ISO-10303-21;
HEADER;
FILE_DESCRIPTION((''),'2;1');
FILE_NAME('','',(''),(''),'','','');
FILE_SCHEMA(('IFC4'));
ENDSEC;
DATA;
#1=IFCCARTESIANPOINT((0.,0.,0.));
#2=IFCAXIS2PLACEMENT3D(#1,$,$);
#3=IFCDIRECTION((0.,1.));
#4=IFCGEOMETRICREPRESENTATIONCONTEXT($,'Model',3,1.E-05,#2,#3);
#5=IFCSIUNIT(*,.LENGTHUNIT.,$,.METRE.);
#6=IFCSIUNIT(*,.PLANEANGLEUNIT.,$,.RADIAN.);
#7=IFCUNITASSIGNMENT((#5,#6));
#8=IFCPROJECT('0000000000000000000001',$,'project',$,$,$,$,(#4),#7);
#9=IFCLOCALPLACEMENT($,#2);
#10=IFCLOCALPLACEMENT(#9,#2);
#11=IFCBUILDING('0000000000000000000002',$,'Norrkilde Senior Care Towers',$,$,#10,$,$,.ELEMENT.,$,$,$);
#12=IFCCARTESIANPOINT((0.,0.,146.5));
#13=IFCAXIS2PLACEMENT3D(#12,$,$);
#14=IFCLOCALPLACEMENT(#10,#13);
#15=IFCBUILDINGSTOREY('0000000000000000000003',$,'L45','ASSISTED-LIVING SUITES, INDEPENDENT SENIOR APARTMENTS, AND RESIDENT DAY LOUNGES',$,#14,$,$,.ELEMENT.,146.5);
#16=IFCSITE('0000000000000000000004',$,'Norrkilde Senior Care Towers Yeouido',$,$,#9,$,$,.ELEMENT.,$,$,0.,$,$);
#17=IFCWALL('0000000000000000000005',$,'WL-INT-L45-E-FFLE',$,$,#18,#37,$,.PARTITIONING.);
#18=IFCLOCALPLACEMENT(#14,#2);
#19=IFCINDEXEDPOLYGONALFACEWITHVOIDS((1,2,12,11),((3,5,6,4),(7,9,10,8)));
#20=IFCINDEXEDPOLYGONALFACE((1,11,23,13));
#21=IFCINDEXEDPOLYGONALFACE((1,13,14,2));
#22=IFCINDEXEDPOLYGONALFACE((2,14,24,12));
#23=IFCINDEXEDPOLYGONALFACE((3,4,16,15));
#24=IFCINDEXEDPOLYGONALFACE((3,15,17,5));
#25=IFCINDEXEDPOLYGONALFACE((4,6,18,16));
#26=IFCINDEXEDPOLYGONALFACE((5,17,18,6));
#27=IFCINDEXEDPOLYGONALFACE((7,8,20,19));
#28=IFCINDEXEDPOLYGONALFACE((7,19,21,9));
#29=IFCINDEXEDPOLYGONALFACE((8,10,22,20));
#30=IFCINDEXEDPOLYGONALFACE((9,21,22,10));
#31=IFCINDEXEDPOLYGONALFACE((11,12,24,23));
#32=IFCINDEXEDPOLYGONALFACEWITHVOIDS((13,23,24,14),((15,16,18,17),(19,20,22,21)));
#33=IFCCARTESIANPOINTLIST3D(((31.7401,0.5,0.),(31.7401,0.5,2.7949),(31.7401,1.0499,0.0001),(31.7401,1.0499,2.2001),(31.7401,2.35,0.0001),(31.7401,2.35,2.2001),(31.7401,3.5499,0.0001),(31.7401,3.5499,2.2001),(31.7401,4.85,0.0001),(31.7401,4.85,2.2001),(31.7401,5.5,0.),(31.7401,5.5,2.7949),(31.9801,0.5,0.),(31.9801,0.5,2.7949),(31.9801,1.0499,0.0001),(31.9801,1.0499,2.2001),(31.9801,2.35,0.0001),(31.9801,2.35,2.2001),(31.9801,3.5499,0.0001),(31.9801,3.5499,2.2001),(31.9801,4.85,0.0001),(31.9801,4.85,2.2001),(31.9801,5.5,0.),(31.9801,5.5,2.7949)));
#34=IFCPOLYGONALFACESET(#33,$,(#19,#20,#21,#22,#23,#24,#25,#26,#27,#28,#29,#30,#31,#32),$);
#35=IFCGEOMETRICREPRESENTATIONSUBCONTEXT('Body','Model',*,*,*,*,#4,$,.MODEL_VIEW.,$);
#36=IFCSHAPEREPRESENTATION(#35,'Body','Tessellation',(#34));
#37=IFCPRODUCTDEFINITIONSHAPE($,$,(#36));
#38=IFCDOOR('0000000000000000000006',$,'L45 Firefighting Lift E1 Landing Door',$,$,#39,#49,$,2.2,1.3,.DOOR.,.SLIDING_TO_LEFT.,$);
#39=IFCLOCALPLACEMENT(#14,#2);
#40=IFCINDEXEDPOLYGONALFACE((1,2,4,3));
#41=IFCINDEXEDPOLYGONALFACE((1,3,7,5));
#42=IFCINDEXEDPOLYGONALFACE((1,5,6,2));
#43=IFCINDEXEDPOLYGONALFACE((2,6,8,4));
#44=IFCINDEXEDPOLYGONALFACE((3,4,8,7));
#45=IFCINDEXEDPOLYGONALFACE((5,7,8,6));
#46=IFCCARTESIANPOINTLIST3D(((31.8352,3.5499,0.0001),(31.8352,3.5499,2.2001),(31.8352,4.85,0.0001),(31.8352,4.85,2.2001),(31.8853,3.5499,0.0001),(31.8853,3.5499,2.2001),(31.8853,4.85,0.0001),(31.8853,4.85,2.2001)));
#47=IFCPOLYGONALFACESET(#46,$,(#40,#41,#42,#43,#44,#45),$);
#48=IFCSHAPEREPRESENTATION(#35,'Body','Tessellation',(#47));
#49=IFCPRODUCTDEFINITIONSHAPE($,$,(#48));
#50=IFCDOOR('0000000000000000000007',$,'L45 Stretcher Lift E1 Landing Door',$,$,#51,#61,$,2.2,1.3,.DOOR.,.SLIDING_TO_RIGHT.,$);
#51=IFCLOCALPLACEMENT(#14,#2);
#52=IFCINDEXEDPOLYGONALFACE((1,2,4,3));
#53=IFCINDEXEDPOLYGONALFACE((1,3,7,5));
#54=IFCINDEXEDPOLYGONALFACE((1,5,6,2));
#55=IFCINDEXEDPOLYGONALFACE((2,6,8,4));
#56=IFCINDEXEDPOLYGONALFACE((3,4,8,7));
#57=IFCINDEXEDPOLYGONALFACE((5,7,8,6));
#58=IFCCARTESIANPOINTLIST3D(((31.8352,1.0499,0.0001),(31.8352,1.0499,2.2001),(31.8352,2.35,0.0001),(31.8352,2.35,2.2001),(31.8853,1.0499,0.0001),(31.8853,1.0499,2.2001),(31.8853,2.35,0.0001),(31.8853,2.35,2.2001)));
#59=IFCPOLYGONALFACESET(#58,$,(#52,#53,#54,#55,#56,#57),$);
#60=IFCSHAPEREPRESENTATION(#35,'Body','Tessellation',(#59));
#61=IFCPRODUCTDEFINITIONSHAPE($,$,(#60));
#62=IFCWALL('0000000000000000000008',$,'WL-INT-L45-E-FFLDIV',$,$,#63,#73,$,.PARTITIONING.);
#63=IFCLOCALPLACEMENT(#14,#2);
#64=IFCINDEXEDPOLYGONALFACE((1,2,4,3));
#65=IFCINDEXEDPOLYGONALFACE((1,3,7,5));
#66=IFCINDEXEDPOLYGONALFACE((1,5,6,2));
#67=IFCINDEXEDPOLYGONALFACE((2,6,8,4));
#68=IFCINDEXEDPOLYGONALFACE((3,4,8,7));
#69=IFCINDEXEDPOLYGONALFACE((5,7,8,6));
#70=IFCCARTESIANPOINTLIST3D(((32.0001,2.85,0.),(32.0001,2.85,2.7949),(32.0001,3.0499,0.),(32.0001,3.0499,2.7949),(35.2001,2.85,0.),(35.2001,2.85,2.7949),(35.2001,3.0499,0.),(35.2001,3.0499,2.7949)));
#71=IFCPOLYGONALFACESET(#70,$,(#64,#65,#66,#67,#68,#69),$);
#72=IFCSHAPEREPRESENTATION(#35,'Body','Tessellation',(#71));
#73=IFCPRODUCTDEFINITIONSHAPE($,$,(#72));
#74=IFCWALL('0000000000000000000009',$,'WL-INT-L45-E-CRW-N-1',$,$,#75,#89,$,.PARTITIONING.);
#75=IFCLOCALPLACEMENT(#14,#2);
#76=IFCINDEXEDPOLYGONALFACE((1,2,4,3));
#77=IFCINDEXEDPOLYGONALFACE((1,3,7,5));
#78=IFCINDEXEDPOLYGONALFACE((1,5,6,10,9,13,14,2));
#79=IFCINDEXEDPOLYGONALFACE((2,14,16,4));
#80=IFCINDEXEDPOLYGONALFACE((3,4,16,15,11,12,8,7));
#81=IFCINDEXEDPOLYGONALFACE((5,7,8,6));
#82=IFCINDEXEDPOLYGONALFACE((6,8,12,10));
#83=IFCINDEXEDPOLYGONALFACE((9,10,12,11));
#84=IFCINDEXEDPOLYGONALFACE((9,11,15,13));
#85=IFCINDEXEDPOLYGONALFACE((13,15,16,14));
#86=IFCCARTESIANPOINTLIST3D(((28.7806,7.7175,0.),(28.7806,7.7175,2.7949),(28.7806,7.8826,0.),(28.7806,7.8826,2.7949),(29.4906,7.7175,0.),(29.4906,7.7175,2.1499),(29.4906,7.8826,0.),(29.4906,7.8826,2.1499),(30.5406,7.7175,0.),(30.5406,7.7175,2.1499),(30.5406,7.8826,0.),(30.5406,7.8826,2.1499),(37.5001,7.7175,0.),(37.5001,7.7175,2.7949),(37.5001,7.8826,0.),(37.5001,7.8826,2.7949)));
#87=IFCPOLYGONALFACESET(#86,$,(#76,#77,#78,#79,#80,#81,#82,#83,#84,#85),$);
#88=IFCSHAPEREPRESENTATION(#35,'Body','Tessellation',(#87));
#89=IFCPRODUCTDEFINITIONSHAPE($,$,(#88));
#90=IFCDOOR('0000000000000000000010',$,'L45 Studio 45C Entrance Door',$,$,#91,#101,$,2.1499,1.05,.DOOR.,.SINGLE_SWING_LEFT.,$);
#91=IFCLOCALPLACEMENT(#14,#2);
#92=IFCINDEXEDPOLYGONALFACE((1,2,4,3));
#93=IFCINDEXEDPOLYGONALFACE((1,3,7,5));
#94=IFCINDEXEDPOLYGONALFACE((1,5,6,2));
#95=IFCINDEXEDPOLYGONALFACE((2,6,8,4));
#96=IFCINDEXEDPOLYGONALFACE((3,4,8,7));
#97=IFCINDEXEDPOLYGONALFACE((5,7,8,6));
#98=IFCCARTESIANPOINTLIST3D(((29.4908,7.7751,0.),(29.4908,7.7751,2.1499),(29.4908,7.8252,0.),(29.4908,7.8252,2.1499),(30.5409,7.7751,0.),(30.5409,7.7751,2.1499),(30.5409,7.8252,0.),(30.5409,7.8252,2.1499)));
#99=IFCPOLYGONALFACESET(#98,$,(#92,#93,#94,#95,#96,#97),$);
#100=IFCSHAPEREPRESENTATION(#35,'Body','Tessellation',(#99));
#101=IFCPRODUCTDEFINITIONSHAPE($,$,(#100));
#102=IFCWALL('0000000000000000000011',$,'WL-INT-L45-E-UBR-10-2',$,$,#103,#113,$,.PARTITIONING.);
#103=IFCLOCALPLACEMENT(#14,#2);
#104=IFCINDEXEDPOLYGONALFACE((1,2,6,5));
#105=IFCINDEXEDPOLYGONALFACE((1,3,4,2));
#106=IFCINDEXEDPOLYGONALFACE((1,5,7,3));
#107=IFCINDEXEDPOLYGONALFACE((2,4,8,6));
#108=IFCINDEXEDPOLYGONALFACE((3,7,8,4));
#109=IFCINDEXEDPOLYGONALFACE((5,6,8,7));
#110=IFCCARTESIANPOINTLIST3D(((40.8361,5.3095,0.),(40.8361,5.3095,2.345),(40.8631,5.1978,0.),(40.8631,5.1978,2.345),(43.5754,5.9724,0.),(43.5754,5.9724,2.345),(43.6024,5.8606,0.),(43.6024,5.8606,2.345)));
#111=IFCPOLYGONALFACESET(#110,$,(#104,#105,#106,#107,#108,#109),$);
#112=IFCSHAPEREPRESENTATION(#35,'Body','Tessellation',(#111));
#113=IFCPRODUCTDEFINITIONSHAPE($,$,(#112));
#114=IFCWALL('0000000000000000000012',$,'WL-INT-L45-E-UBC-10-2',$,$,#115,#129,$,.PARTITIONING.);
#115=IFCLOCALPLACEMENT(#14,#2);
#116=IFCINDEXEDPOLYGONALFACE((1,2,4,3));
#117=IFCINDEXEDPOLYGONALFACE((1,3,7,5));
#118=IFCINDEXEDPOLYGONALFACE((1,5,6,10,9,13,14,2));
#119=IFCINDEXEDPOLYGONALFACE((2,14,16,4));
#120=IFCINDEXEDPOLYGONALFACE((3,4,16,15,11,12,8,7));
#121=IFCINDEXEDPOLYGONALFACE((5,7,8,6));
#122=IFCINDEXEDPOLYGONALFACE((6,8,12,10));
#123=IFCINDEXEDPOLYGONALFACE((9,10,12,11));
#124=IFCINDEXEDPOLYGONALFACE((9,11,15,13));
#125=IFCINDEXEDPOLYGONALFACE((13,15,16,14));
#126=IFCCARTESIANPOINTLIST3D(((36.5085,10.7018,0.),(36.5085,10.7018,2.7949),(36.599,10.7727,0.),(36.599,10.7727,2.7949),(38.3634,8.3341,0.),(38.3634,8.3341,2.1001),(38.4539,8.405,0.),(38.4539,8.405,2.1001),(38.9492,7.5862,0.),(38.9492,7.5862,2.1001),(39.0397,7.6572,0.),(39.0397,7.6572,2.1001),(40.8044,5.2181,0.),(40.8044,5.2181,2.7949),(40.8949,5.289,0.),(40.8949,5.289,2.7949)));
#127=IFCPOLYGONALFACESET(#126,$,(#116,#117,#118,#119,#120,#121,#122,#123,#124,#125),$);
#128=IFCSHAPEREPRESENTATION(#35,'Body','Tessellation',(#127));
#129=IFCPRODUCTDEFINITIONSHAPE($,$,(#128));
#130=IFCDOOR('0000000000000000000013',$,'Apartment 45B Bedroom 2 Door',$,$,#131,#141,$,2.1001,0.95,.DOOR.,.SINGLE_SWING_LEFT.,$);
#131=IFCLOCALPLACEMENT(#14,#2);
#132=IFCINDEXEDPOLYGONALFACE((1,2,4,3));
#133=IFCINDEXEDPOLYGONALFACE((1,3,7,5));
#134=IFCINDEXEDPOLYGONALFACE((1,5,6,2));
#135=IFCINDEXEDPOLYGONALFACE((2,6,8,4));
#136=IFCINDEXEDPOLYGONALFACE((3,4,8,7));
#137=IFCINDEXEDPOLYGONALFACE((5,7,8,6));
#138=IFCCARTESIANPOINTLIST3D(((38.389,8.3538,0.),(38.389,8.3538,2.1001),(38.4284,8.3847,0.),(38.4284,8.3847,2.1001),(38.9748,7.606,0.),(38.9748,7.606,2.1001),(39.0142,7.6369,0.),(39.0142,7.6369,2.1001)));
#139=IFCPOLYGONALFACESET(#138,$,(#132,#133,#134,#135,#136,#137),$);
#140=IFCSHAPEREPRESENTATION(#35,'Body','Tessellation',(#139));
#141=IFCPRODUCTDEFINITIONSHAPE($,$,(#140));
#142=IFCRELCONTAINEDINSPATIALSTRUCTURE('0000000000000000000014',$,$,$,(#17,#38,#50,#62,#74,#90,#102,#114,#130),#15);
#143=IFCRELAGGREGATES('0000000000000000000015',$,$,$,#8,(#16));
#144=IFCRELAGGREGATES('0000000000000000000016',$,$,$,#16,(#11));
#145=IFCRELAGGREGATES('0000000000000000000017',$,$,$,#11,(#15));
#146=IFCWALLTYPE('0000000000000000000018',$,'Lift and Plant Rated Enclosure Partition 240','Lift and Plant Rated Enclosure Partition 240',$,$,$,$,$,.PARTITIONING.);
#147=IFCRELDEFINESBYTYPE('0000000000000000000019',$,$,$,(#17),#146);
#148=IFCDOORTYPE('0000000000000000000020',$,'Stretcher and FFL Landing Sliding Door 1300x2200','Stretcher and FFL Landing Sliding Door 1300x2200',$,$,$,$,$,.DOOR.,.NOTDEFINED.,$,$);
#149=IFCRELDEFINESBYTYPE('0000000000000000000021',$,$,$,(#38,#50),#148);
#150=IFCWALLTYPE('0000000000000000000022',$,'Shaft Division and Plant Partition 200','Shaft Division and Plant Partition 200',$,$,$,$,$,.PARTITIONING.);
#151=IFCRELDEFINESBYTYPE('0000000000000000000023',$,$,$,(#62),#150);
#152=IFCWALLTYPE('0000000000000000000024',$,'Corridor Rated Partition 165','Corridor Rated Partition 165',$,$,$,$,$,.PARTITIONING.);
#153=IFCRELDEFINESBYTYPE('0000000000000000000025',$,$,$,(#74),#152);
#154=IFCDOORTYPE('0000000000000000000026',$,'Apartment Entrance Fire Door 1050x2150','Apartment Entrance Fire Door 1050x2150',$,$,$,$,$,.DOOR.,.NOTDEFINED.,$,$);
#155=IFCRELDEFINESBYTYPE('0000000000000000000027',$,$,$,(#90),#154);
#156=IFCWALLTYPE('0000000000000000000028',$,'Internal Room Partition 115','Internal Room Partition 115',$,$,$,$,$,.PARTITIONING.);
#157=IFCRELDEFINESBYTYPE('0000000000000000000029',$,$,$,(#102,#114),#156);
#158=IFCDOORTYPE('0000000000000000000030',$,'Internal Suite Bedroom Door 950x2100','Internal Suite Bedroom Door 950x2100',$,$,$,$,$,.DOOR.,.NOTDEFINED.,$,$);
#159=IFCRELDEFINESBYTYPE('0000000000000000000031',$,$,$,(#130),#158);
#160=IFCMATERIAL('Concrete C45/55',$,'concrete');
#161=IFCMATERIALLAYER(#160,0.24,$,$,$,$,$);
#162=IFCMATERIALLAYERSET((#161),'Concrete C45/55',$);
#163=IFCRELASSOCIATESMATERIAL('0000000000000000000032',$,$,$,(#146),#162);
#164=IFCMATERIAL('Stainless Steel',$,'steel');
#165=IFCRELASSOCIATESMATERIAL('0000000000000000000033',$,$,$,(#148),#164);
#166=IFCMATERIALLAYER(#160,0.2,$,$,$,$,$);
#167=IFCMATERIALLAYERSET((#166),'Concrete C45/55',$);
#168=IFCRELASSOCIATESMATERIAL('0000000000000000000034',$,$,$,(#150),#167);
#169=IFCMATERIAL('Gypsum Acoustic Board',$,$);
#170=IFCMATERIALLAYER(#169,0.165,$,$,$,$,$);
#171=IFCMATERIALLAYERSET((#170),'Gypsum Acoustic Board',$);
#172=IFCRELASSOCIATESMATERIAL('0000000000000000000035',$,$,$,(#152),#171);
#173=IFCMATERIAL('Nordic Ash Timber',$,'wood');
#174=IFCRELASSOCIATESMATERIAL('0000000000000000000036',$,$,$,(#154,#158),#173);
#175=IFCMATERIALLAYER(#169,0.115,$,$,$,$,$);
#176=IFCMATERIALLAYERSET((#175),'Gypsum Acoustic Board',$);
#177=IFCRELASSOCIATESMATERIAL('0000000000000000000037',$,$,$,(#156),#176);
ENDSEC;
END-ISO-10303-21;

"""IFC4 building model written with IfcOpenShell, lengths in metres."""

from ifc_helpers import new_model, si_unit, direction, frame, frame_2d, origin, place, context, subcontext, project, spatial, rectangle, extrude, source, transform, mapped, material, layer, layer_set, type_object, type_shapes, element, fill, save


model = new_model("IFC4")

# Units and contexts
model_context = context("Model", 3, precision=1e-05, world=origin(), true_north=direction((0.0, 1.0)))
body_context = subcontext(model_context, "Body", "Model", "MODEL_VIEW")
ifc_project = project(units=[si_unit("LENGTHUNIT", "METRE"), si_unit("PLANEANGLEUNIT", "RADIAN")], contexts=[model_context])

# Site, building, storey
site_placement = place(None, origin())
site = spatial("IfcSite", under=ifc_project, at=site_placement, Name="Norrkilde Senior Care Towers Yeouido", CompositionType="ELEMENT", RefElevation=0.0)
building_placement = place(site_placement, origin())
building = spatial("IfcBuilding", under=site, at=building_placement, Name="Norrkilde Senior Care Towers", CompositionType="ELEMENT")
storey_placement = place(building_placement, frame((0.0, 0.0, 146.5)))
storey = spatial("IfcBuildingStorey", under=building, at=storey_placement, Name="L45", Description="ASSISTED-LIVING SUITES, INDEPENDENT SENIOR APARTMENTS, AND RESIDENT DAY LOUNGES", CompositionType="ELEMENT", Elevation=146.5)

# Shared definitions
ifc_material_1 = material(Name="Concrete C45/55", Category="concrete")

# Wall, openings, doors
ifc_layer_1 = layer(ifc_material_1, 0.24)
ifc_layer_set_1 = layer_set([ifc_layer_1], Name="Concrete C45/55")
wall_type_1 = type_object("IfcWallType", Name="Lift and Plant Rated Enclosure Partition 240", Description="Lift and Plant Rated Enclosure Partition 240", PredefinedType="PARTITIONING", material=ifc_layer_set_1)
shared_shape_1 = source(origin(), body_context, "Body", "SweptSolid", [
    extrude(rectangle(XDim=5.0, YDim=0.24, at=frame_2d((2.5, 0.0))), origin(), (0.0, 0.0, 1.0), 2.7949),
])
type_shapes(wall_type_1, [shared_shape_1])
wall_1_placement = place(storey_placement, frame((31.8601, 0.5, 0.0), z_axis=(0.0, 0.0, 1.0), x_axis=(0.0, 1.0, 0.0)))
wall_1 = element("IfcWall", 1, at=wall_1_placement, inside=storey, type_object=wall_type_1, Name="WL-INT-L45-E-FFLE", PredefinedType="PARTITIONING", context=body_context, shape_type="MappedRepresentation", body=[
    mapped(shared_shape_1, transform((0.0, 0.0, 0.0), x_axis=(1.0, 0.0, 0.0), y_axis=(0.0, 1.0, 0.0), z_axis=(0.0, 0.0, 1.0), scale=1.0)),
])
opening_1_placement = place(wall_1_placement, frame((3.05, 0.0, 0.0)))
opening_1 = element("IfcOpeningElement", 2, at=opening_1_placement, cuts=wall_1, PredefinedType="OPENING", context=body_context, shape_type="SweptSolid", body=[
    extrude(rectangle(XDim=1.3, YDim=2.2, at=frame_2d((0.6499, 1.1001))), frame((0.0, 0.1299, 0.0), z_axis=(0.0, -1.0, 0.0), x_axis=(1.0, 0.0, 0.0)), (0.0, 0.0, 1.0), 0.26),
])
opening_2_placement = place(wall_1_placement, frame((0.55, 0.0, 0.0)))
opening_2 = element("IfcOpeningElement", 3, at=opening_2_placement, cuts=wall_1, PredefinedType="OPENING", context=body_context, shape_type="SweptSolid", body=[
    extrude(rectangle(XDim=1.3, YDim=2.2, at=frame_2d((0.6499, 1.1001))), frame((0.0, 0.1299, 0.0), z_axis=(0.0, -1.0, 0.0), x_axis=(1.0, 0.0, 0.0)), (0.0, 0.0, 1.0), 0.26),
])
ifc_material_2 = material(Name="Stainless Steel", Category="steel")
door_type_1 = type_object("IfcDoorType", Name="Stretcher and FFL Landing Sliding Door 1300x2200", Description="Stretcher and FFL Landing Sliding Door 1300x2200", OperationType="NOTDEFINED", PredefinedType="DOOR", material=ifc_material_2)
shared_shape_2 = source(origin(), body_context, "Body", "SweptSolid", [
    extrude(rectangle(XDim=1.3, YDim=2.2, at=frame_2d((0.6499, 1.1001))), frame((0.0, 0.0249, 0.0), z_axis=(0.0, -1.0, 0.0), x_axis=(1.0, 0.0, 0.0)), (0.0, 0.0, 1.0), 0.05),
])
type_shapes(door_type_1, [shared_shape_2])
door_1_placement = place(opening_1_placement, origin())
door_1 = element("IfcDoor", 4, at=door_1_placement, inside=storey, type_object=door_type_1, Name="L45 Firefighting Lift E1 Landing Door", OperationType="SLIDING_TO_LEFT", OverallHeight=2.2, OverallWidth=1.3, PredefinedType="DOOR", context=body_context, shape_type="MappedRepresentation", body=[
    mapped(shared_shape_2, transform((0.0, 0.0, 0.0), x_axis=(1.0, 0.0, 0.0), y_axis=(0.0, 1.0, 0.0), z_axis=(0.0, 0.0, 1.0), scale=1.0)),
])
fill(opening_1, door_1)
door_2_placement = place(opening_2_placement, origin())
door_2 = element("IfcDoor", 5, at=door_2_placement, inside=storey, type_object=door_type_1, Name="L45 Stretcher Lift E1 Landing Door", OperationType="SLIDING_TO_RIGHT", OverallHeight=2.2, OverallWidth=1.3, PredefinedType="DOOR", context=body_context, shape_type="MappedRepresentation", body=[
    mapped(shared_shape_2, transform((0.0, 0.0, 0.0), x_axis=(1.0, 0.0, 0.0), y_axis=(0.0, 1.0, 0.0), z_axis=(0.0, 0.0, 1.0), scale=1.0)),
])
fill(opening_2, door_2)

# Wall
ifc_layer_2 = layer(ifc_material_1, 0.2)
ifc_layer_set_2 = layer_set([ifc_layer_2], Name="Concrete C45/55")
wall_type_2 = type_object("IfcWallType", Name="Shaft Division and Plant Partition 200", Description="Shaft Division and Plant Partition 200", PredefinedType="PARTITIONING", material=ifc_layer_set_2)
shared_shape_3 = source(origin(), body_context, "Body", "SweptSolid", [
    extrude(rectangle(XDim=3.2, YDim=0.2, at=frame_2d((1.6001, 0.0))), origin(), (0.0, 0.0, 1.0), 2.7949),
])
type_shapes(wall_type_2, [shared_shape_3])
wall_2_placement = place(storey_placement, frame((32.0, 2.95, 0.0), z_axis=(0.0, 0.0, 1.0), x_axis=(1.0, 0.0, 0.0)))
element("IfcWall", 6, at=wall_2_placement, inside=storey, type_object=wall_type_2, Name="WL-INT-L45-E-FFLDIV", PredefinedType="PARTITIONING", context=body_context, shape_type="MappedRepresentation", body=[
    mapped(shared_shape_3, transform((0.0, 0.0, 0.0), x_axis=(1.0, 0.0, 0.0), y_axis=(0.0, 1.0, 0.0), z_axis=(0.0, 0.0, 1.0), scale=1.0)),
])

# Wall, opening, door
ifc_material_3 = material(Name="Gypsum Acoustic Board")
ifc_layer_3 = layer(ifc_material_3, 0.165)
ifc_layer_set_3 = layer_set([ifc_layer_3], Name="Gypsum Acoustic Board")
wall_type_3 = type_object("IfcWallType", Name="Corridor Rated Partition 165", Description="Corridor Rated Partition 165", PredefinedType="PARTITIONING", material=ifc_layer_set_3)
shared_shape_4 = source(origin(), body_context, "Body", "SweptSolid", [
    extrude(rectangle(XDim=8.7195, YDim=0.165, at=frame_2d((4.3599, 0.0))), origin(), (0.0, 0.0, 1.0), 2.7949),
])
type_shapes(wall_type_3, [shared_shape_4])
wall_3_placement = place(storey_placement, frame((28.7805, 7.8, 0.0), z_axis=(0.0, 0.0, 1.0), x_axis=(1.0, 0.0, 0.0)))
wall_3 = element("IfcWall", 7, at=wall_3_placement, inside=storey, type_object=wall_type_3, Name="WL-INT-L45-E-CRW-N-1", PredefinedType="PARTITIONING", context=body_context, shape_type="MappedRepresentation", body=[
    mapped(shared_shape_4, transform((0.0, 0.0, 0.0), x_axis=(1.0, 0.0, 0.0), y_axis=(0.0, 1.0, 0.0), z_axis=(0.0, 0.0, 1.0), scale=1.0)),
])
opening_3_placement = place(wall_3_placement, frame((0.7102, 0.0, 0.0)))
opening_3 = element("IfcOpeningElement", 8, at=opening_3_placement, cuts=wall_3, PredefinedType="OPENING", context=body_context, shape_type="SweptSolid", body=[
    extrude(rectangle(XDim=1.05, YDim=2.1499, at=frame_2d((0.5249, 1.075))), frame((0.0, 0.0925, 0.0), z_axis=(0.0, -1.0, 0.0), x_axis=(1.0, 0.0, 0.0)), (0.0, 0.0, 1.0), 0.1851),
])
ifc_material_4 = material(Name="Nordic Ash Timber", Category="wood")
door_type_2 = type_object("IfcDoorType", Name="Apartment Entrance Fire Door 1050x2150", Description="Apartment Entrance Fire Door 1050x2150", OperationType="NOTDEFINED", PredefinedType="DOOR", material=ifc_material_4)
shared_shape_5 = source(origin(), body_context, "Body", "SweptSolid", [
    extrude(rectangle(XDim=1.05, YDim=2.1499, at=frame_2d((0.5249, 1.075))), frame((0.0, 0.0249, 0.0), z_axis=(0.0, -1.0, 0.0), x_axis=(1.0, 0.0, 0.0)), (0.0, 0.0, 1.0), 0.05),
])
type_shapes(door_type_2, [shared_shape_5])
door_3_placement = place(opening_3_placement, frame((1.05, 0.0, 0.0), z_axis=(0.0, 0.0, 1.0), x_axis=(-1.0, 0.0, 0.0)))
door_3 = element("IfcDoor", 9, at=door_3_placement, inside=storey, type_object=door_type_2, Name="L45 Studio 45C Entrance Door", OperationType="SINGLE_SWING_LEFT", OverallHeight=2.1499, OverallWidth=1.05, PredefinedType="DOOR", context=body_context, shape_type="MappedRepresentation", body=[
    mapped(shared_shape_5, transform((0.0, 0.0, 0.0), x_axis=(1.0, 0.0, 0.0), y_axis=(0.0, 1.0, 0.0), z_axis=(0.0, 0.0, 1.0), scale=1.0)),
])
fill(opening_3, door_3)

# Wall
ifc_layer_4 = layer(ifc_material_3, 0.115)
ifc_layer_set_4 = layer_set([ifc_layer_4], Name="Gypsum Acoustic Board")
wall_type_4 = type_object("IfcWallType", Name="Internal Room Partition 115", Description="Internal Room Partition 115", PredefinedType="PARTITIONING", material=ifc_layer_set_4)
shared_shape_6 = source(origin(), body_context, "Body", "SweptSolid", [
    extrude(rectangle(XDim=2.8184, YDim=0.115, at=frame_2d((1.4092, 0.0))), origin(), (0.0, 0.0, 1.0), 2.345),
])
wall_4_placement = place(storey_placement, frame((40.8496, 5.2537, 0.0), z_axis=(0.0, 0.0, 1.0), x_axis=(0.971949, 0.235191, 0.0)))
element("IfcWall", 10, at=wall_4_placement, inside=storey, type_object=wall_type_4, Name="WL-INT-L45-E-UBR-10-2", PredefinedType="PARTITIONING", context=body_context, shape_type="MappedRepresentation", body=[
    mapped(shared_shape_6, transform((0.0, 0.0, 0.0), x_axis=(1.0, 0.0, 0.0), y_axis=(0.0, 1.0, 0.0), z_axis=(0.0, 0.0, 1.0), scale=1.0)),
])

# Wall, opening, door
shared_shape_7 = source(origin(), body_context, "Body", "SweptSolid", [
    extrude(rectangle(XDim=6.9661, YDim=0.115, at=frame_2d((3.4829, 0.0))), origin(), (0.0, 0.0, 1.0), 2.7949),
])
type_shapes(wall_type_4, [shared_shape_6, shared_shape_7])
wall_5_placement = place(storey_placement, frame((40.8496, 5.2537, 0.0), z_axis=(0.0, 0.0, 1.0), x_axis=(-0.616696, 0.787202, 0.0)))
wall_5 = element("IfcWall", 11, at=wall_5_placement, inside=storey, type_object=wall_type_4, Name="WL-INT-L45-E-UBC-10-2", PredefinedType="PARTITIONING", context=body_context, shape_type="MappedRepresentation", body=[
    mapped(shared_shape_7, transform((0.0, 0.0, 0.0), x_axis=(1.0, 0.0, 0.0), y_axis=(0.0, 1.0, 0.0), z_axis=(0.0, 0.0, 1.0), scale=1.0)),
])
opening_4_placement = place(wall_5_placement, frame((3.0081, 0.0, 0.0)))
opening_4 = element("IfcOpeningElement", 12, at=opening_4_placement, cuts=wall_5, PredefinedType="OPENING", context=body_context, shape_type="SweptSolid", body=[
    extrude(rectangle(XDim=0.95, YDim=2.1001, at=frame_2d((0.4751, 1.05))), frame((0.0, 0.0674, 0.0), z_axis=(0.0, -1.0, 0.0), x_axis=(1.0, 0.0, 0.0)), (0.0, 0.0, 1.0), 0.135),
])
door_type_3 = type_object("IfcDoorType", Name="Internal Suite Bedroom Door 950x2100", Description="Internal Suite Bedroom Door 950x2100", OperationType="NOTDEFINED", PredefinedType="DOOR", material=ifc_material_4)
shared_shape_8 = source(origin(), body_context, "Body", "SweptSolid", [
    extrude(rectangle(XDim=0.95, YDim=2.1001, at=frame_2d((0.4751, 1.05))), frame((0.0, 0.0249, 0.0), z_axis=(0.0, -1.0, 0.0), x_axis=(1.0, 0.0, 0.0)), (0.0, 0.0, 1.0), 0.05),
])
type_shapes(door_type_3, [shared_shape_8])
door_4_placement = place(opening_4_placement, frame((0.95, 0.0, 0.0), z_axis=(0.0, 0.0, 1.0), x_axis=(-1.0, 0.0, 0.0)))
door_4 = element("IfcDoor", 13, at=door_4_placement, inside=storey, type_object=door_type_3, Name="Apartment 45B Bedroom 2 Door", OperationType="SINGLE_SWING_LEFT", OverallHeight=2.1001, OverallWidth=0.95, PredefinedType="DOOR", context=body_context, shape_type="MappedRepresentation", body=[
    mapped(shared_shape_8, transform((0.0, 0.0, 0.0), x_axis=(1.0, 0.0, 0.0), y_axis=(0.0, 1.0, 0.0), z_axis=(0.0, 0.0, 1.0), scale=1.0)),
])
fill(opening_4, door_4)

save(model, "model.ifc")
